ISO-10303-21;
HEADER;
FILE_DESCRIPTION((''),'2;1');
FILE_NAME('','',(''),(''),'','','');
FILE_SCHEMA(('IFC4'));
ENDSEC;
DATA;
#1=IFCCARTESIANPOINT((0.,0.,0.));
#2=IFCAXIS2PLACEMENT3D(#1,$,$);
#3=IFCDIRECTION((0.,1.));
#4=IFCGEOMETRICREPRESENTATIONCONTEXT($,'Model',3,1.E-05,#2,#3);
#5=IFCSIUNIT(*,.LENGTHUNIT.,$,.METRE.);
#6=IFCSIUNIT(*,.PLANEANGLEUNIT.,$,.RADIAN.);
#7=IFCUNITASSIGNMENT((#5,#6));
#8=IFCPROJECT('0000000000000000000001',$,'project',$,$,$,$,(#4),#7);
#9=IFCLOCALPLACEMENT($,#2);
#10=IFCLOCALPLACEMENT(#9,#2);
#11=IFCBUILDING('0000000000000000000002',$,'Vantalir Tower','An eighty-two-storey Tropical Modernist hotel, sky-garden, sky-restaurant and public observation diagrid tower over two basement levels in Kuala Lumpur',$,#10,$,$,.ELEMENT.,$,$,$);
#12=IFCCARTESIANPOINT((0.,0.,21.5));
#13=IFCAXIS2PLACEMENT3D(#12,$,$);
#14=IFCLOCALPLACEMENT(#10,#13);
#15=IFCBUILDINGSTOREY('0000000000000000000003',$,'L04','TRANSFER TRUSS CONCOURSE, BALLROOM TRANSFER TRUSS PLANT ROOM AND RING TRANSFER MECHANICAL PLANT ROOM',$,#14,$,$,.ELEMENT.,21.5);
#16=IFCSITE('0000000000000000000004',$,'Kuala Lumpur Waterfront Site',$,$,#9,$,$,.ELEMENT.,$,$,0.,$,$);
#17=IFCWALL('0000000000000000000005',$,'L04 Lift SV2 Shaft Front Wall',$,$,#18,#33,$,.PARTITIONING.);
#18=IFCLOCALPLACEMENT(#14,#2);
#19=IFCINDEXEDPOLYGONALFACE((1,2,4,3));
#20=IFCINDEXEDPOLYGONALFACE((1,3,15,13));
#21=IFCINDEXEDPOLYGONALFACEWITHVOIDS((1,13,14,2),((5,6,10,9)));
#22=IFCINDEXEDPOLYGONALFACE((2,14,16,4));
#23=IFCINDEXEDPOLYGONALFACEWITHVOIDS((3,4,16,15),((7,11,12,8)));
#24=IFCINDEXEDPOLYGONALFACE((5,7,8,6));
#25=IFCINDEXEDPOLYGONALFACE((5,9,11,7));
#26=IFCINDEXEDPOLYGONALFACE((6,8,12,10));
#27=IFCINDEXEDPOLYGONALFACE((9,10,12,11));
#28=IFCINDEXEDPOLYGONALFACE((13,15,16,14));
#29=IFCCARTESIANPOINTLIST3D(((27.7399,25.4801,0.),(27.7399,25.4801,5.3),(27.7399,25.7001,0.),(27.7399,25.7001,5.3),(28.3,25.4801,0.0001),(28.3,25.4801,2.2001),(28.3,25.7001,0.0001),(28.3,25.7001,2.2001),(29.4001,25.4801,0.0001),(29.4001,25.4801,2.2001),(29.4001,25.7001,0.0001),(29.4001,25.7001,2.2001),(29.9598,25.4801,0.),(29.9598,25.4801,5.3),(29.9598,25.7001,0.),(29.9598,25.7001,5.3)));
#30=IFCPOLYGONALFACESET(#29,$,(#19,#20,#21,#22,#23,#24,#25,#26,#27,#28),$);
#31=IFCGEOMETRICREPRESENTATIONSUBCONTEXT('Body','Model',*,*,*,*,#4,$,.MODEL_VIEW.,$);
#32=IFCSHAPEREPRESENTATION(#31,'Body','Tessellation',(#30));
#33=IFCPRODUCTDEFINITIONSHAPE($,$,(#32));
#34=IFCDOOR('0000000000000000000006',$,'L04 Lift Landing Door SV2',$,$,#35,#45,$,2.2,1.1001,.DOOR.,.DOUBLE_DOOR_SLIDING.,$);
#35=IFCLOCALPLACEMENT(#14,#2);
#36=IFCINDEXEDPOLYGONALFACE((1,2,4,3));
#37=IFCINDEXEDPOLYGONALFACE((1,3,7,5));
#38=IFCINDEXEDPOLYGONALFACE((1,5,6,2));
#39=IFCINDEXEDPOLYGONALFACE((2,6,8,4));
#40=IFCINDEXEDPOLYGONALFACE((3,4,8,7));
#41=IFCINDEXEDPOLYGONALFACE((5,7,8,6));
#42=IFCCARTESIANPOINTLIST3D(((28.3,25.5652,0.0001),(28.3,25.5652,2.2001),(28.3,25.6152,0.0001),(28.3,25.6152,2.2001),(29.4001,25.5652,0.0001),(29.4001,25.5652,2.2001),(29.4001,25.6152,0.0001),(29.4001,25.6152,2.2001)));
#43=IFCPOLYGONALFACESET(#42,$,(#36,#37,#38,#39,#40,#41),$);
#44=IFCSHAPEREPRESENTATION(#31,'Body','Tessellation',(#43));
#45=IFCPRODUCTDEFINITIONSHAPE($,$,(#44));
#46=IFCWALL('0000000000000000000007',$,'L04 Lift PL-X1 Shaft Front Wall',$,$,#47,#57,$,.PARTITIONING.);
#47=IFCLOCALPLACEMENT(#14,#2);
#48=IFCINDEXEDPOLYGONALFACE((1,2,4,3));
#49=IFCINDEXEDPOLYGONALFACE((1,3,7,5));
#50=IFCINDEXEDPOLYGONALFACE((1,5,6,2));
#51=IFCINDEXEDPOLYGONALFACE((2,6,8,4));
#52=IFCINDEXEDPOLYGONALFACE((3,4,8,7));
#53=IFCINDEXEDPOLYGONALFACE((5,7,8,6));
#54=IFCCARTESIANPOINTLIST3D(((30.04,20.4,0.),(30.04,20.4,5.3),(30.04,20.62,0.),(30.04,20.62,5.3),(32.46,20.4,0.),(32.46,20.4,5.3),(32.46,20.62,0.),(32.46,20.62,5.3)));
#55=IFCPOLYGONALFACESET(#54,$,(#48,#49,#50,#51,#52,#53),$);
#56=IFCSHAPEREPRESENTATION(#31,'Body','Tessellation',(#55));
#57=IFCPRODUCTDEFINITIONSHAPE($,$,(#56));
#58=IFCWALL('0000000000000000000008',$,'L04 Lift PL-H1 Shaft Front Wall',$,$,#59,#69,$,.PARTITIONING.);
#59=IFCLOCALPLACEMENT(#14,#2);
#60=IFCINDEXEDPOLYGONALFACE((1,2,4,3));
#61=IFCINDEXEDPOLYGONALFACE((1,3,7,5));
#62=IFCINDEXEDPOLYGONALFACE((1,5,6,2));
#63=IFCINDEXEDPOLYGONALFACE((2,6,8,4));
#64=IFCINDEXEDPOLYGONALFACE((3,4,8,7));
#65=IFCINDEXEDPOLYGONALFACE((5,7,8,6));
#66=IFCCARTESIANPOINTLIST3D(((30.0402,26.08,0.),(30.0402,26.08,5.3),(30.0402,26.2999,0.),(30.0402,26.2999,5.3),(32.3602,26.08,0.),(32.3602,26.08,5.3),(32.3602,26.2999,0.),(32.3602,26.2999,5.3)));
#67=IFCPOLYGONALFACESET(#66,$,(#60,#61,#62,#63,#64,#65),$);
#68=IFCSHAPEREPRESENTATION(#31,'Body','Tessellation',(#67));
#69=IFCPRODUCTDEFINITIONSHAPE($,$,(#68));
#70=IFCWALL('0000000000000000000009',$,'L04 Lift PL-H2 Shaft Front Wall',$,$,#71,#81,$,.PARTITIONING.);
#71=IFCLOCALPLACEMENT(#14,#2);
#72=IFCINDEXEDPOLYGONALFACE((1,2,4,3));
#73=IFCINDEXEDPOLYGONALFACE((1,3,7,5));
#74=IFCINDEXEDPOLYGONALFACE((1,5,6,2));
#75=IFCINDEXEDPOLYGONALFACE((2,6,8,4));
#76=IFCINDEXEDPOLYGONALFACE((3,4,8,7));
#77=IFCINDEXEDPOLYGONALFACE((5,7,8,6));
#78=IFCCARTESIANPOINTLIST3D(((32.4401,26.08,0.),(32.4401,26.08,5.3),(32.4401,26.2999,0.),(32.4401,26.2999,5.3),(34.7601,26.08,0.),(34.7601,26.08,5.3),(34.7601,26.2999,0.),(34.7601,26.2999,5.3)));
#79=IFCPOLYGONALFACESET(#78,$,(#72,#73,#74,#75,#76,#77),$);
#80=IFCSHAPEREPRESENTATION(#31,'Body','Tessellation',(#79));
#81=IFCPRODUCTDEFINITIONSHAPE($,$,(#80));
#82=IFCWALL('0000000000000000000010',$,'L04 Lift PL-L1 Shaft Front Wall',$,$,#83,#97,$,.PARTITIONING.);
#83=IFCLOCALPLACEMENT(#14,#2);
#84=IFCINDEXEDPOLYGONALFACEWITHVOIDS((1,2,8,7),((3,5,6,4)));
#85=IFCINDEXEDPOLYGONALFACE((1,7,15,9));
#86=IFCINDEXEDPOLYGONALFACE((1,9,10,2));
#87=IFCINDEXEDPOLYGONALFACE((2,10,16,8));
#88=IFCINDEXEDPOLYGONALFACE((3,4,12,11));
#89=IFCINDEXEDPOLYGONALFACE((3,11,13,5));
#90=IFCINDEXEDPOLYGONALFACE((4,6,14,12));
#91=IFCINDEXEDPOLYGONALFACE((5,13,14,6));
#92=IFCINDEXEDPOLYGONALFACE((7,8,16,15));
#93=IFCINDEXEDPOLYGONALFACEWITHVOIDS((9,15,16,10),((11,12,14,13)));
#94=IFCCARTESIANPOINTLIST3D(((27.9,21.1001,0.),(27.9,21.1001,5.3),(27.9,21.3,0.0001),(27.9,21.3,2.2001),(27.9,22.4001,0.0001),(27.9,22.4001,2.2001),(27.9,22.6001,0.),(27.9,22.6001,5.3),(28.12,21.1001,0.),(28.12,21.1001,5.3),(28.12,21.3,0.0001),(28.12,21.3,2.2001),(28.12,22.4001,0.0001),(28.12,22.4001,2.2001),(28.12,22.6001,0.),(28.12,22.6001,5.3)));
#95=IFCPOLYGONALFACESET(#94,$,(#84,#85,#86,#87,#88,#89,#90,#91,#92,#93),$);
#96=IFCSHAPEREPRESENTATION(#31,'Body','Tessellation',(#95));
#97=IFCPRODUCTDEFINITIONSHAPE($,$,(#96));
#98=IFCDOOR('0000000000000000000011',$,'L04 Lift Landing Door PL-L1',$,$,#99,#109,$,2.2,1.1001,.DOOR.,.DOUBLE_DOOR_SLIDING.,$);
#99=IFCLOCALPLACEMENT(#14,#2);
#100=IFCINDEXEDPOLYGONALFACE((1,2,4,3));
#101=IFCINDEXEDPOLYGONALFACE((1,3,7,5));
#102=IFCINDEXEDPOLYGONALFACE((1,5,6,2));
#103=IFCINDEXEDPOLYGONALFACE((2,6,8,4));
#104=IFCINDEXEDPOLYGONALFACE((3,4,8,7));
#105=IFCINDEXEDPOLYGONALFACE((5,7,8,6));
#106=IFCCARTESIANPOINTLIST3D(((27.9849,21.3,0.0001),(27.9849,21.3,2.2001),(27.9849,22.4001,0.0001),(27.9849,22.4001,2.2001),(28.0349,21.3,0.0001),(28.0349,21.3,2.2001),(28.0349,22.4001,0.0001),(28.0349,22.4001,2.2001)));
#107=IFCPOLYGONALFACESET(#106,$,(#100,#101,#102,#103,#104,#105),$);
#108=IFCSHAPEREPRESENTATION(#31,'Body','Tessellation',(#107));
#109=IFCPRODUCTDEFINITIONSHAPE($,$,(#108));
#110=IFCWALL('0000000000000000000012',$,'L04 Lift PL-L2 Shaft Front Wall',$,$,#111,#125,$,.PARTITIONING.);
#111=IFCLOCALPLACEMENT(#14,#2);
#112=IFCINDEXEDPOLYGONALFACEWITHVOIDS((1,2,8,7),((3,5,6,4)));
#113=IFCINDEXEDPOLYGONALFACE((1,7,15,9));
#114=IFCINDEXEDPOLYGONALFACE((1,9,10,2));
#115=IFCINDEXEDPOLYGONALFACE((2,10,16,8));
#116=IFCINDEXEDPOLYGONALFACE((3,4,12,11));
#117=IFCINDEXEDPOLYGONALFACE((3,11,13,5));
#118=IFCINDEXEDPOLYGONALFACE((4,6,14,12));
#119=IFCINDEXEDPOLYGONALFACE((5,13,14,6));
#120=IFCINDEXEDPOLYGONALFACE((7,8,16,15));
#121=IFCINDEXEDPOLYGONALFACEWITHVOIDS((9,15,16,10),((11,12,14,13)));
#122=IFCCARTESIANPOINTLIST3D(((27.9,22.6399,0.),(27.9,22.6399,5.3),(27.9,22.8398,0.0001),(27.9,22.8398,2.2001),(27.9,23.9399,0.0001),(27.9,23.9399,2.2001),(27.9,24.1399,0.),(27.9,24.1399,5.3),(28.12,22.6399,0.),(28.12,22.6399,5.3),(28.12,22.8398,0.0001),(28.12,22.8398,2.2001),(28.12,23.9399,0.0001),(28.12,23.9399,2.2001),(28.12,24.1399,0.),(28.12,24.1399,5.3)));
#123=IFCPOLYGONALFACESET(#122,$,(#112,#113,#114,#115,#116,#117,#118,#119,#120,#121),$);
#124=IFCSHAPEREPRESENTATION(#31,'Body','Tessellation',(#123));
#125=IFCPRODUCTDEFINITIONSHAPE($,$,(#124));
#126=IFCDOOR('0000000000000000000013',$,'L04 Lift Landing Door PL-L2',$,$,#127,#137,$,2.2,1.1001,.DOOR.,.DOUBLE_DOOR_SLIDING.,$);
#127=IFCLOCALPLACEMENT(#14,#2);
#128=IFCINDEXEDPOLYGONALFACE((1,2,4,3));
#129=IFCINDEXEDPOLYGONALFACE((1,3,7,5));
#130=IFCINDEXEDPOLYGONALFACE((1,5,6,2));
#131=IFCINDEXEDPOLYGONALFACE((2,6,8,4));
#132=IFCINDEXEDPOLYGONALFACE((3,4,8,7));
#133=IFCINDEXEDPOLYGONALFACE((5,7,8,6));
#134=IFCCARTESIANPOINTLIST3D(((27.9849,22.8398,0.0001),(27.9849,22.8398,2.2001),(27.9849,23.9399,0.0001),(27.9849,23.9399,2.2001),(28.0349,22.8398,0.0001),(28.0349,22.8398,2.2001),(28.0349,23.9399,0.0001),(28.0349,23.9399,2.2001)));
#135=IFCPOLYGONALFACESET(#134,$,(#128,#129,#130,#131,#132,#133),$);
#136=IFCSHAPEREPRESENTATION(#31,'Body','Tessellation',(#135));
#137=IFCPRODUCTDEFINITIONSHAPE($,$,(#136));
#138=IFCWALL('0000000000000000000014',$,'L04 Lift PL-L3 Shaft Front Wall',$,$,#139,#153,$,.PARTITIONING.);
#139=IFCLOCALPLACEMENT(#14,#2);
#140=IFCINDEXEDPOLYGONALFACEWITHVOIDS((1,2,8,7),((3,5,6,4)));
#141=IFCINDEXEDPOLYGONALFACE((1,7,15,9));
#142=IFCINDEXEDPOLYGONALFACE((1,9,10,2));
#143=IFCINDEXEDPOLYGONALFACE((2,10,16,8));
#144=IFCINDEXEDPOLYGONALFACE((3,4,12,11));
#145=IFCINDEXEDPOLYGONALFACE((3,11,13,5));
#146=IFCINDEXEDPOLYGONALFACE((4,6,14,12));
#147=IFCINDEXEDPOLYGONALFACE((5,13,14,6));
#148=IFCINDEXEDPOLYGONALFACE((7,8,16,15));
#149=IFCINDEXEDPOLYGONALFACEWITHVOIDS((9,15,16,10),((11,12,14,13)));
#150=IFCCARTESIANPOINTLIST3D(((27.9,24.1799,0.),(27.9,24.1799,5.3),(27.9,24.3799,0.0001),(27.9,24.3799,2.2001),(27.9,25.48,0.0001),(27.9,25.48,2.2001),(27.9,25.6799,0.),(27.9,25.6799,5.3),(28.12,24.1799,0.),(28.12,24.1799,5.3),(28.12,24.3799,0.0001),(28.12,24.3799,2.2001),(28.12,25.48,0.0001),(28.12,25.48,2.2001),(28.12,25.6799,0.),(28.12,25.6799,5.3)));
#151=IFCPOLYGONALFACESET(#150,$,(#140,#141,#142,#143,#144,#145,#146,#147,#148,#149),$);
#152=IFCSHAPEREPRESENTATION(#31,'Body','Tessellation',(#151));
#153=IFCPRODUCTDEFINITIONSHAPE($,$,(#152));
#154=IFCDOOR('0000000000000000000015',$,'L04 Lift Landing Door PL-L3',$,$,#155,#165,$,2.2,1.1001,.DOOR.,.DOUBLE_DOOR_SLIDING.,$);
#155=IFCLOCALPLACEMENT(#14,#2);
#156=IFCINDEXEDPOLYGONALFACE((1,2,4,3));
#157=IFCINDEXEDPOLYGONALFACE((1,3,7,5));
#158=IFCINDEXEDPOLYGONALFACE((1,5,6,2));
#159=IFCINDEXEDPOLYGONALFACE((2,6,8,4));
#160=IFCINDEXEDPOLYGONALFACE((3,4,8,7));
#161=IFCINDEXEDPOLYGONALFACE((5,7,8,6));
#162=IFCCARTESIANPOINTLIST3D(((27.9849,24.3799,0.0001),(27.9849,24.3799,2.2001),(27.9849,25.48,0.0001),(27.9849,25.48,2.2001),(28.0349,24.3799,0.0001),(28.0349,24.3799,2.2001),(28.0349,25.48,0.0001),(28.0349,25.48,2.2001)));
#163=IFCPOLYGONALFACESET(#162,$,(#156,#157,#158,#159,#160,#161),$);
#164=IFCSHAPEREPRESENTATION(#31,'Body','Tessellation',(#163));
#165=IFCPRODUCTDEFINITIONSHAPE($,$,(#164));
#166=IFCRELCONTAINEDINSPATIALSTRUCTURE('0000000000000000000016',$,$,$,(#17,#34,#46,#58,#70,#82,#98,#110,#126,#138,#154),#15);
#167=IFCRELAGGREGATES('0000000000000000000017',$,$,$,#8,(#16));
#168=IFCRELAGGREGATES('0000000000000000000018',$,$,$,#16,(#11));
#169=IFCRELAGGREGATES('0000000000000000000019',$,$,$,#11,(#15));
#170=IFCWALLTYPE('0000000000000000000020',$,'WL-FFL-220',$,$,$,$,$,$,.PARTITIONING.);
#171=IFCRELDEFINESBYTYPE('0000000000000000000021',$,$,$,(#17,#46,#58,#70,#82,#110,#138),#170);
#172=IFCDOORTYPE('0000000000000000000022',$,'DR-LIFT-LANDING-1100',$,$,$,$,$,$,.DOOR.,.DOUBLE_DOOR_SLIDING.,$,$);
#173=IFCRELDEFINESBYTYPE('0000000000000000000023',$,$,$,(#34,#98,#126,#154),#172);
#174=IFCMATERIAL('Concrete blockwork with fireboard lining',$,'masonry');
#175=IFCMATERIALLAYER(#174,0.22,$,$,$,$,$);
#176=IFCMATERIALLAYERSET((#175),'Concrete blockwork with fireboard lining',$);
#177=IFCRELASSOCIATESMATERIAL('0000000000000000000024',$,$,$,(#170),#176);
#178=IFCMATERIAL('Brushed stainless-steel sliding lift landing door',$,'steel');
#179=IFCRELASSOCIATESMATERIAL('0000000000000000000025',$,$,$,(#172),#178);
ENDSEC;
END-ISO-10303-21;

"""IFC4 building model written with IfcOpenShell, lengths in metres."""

from ifc_helpers import new_model, si_unit, direction, frame, frame_2d, origin, place, context, subcontext, project, spatial, rectangle, extrude, material, layer, layer_set, type_object, element, fill, save


model = new_model("IFC4")

# Units and contexts
model_context = context("Model", 3, precision=1e-05, world=origin(), true_north=direction((0.0, 1.0)))
body_context = subcontext(model_context, "Body", "Model", "MODEL_VIEW")
ifc_project = project(units=[si_unit("LENGTHUNIT", "METRE"), si_unit("PLANEANGLEUNIT", "RADIAN")], contexts=[model_context])

# Site, building, storey
site_placement = place(None, origin())
site = spatial("IfcSite", under=ifc_project, at=site_placement, Name="Kuala Lumpur Waterfront Site", CompositionType="ELEMENT", RefElevation=0.0)
building_placement = place(site_placement, origin())
building = spatial("IfcBuilding", under=site, at=building_placement, Name="Vantalir Tower", Description="An eighty-two-storey Tropical Modernist hotel, sky-garden, sky-restaurant and public observation diagrid tower over two basement levels in Kuala Lumpur", CompositionType="ELEMENT")
storey_placement = place(building_placement, frame((0.0, 0.0, 21.5)))
storey = spatial("IfcBuildingStorey", under=building, at=storey_placement, Name="L04", Description="TRANSFER TRUSS CONCOURSE, BALLROOM TRANSFER TRUSS PLANT ROOM AND RING TRANSFER MECHANICAL PLANT ROOM", CompositionType="ELEMENT", Elevation=21.5)

# Shared definitions
ifc_material_1 = material(Name="Concrete blockwork with fireboard lining", Category="masonry")
ifc_layer = layer(ifc_material_1, 0.22)
ifc_layer_set = layer_set([ifc_layer], Name="Concrete blockwork with fireboard lining")
wall_type = type_object("IfcWallType", Name="WL-FFL-220", PredefinedType="PARTITIONING", material=ifc_layer_set)

# Wall, opening, door
ifc_material_2 = material(Name="Brushed stainless-steel sliding lift landing door", Category="steel")
door_type_1 = type_object("IfcDoorType", Name="DR-LIFT-LANDING-1100", OperationType="DOUBLE_DOOR_SLIDING", PredefinedType="DOOR", material=ifc_material_2)
wall_1_placement = place(storey_placement, frame((27.74, 25.5901, 0.0), z_axis=(0.0, 0.0, 1.0), x_axis=(1.0, 0.0, 0.0)))
wall_1 = element("IfcWall", 1, at=wall_1_placement, inside=storey, type_object=wall_type, Name="L04 Lift SV2 Shaft Front Wall", PredefinedType="PARTITIONING", context=body_context, shape_type="SweptSolid", body=[
    extrude(rectangle(XDim=2.22, YDim=0.22, at=frame_2d((1.1099, 0.0))), origin(), (0.0, 0.0, 1.0), 5.3),
])
opening_1_placement = place(wall_1_placement, frame((0.5601, 0.0, 0.0)))
opening_1 = element("IfcOpeningElement", 2, at=opening_1_placement, cuts=wall_1, PredefinedType="OPENING", context=body_context, shape_type="SweptSolid", body=[
    extrude(rectangle(XDim=1.1001, YDim=2.2, at=frame_2d((0.55, 1.1001))), frame((0.0, 0.1199, 0.0), z_axis=(0.0, -1.0, 0.0), x_axis=(1.0, 0.0, 0.0)), (0.0, 0.0, 1.0), 0.24),
])
door_1_placement = place(opening_1_placement, frame((1.1001, 0.0, 0.0), z_axis=(0.0, 0.0, 1.0), x_axis=(-1.0, 0.0, 0.0)))
door_1 = element("IfcDoor", 3, at=door_1_placement, inside=storey, type_object=door_type_1, Name="L04 Lift Landing Door SV2", OperationType="DOUBLE_DOOR_SLIDING", OverallHeight=2.2, OverallWidth=1.1001, PredefinedType="DOOR", context=body_context, shape_type="SweptSolid", body=[
    extrude(rectangle(XDim=1.1001, YDim=2.2, at=frame_2d((0.55, 1.1001))), frame((0.0, 0.0249, 0.0), z_axis=(0.0, -1.0, 0.0), x_axis=(1.0, 0.0, 0.0)), (0.0, 0.0, 1.0), 0.05),
])
fill(opening_1, door_1)

# Walls
wall_2_placement = place(storey_placement, frame((30.04, 20.51, 0.0), z_axis=(0.0, 0.0, 1.0), x_axis=(1.0, 0.0, 0.0)))
element("IfcWall", 4, at=wall_2_placement, inside=storey, type_object=wall_type, Name="L04 Lift PL-X1 Shaft Front Wall", PredefinedType="PARTITIONING", context=body_context, shape_type="SweptSolid", body=[
    extrude(rectangle(XDim=2.4199, YDim=0.22, at=frame_2d((1.21, 0.0))), origin(), (0.0, 0.0, 1.0), 5.3),
])
for number, where, z_axis, x_axis, name in (
    (5, (30.04, 26.1899, 0.0), (0.0, 0.0, 1.0), (1.0, 0.0, 0.0), "L04 Lift PL-H1 Shaft Front Wall"),
    (6, (32.4399, 26.1899, 0.0), (0.0, 0.0, 1.0), (1.0, 0.0, 0.0), "L04 Lift PL-H2 Shaft Front Wall"),
):
    element("IfcWall", number, at=place(storey_placement, frame(where, z_axis=z_axis, x_axis=x_axis)), inside=storey, type_object=wall_type, Name=name, PredefinedType="PARTITIONING", context=body_context, shape_type="SweptSolid", body=[
        extrude(rectangle(XDim=2.3201, YDim=0.22, at=frame_2d((1.1602, 0.0))), origin(), (0.0, 0.0, 1.0), 5.3),
    ])

# Walls, openings, doors
wall_3_placement = place(storey_placement, frame((28.01, 21.1001, 0.0), z_axis=(0.0, 0.0, 1.0), x_axis=(0.0, 1.0, 0.0)))
wall_3 = element("IfcWall", 7, at=wall_3_placement, inside=storey, type_object=wall_type, Name="L04 Lift PL-L1 Shaft Front Wall", PredefinedType="PARTITIONING", context=body_context, shape_type="SweptSolid", body=[
    extrude(rectangle(XDim=1.5, YDim=0.22, at=frame_2d((0.75, 0.0))), origin(), (0.0, 0.0, 1.0), 5.3),
])
opening_2_placement = place(wall_3_placement, frame((0.2, 0.0, 0.0)))
opening_2 = element("IfcOpeningElement", 8, at=opening_2_placement, cuts=wall_3, PredefinedType="OPENING", context=body_context, shape_type="SweptSolid", body=[
    extrude(rectangle(XDim=1.1001, YDim=2.2, at=frame_2d((0.55, 1.1001))), frame((0.0, 0.1199, 0.0), z_axis=(0.0, -1.0, 0.0), x_axis=(1.0, 0.0, 0.0)), (0.0, 0.0, 1.0), 0.24),
])
door_2_placement = place(opening_2_placement, frame((1.1001, 0.0, 0.0), z_axis=(0.0, 0.0, 1.0), x_axis=(-1.0, 0.0, 0.0)))
door_2 = element("IfcDoor", 9, at=door_2_placement, inside=storey, type_object=door_type_1, Name="L04 Lift Landing Door PL-L1", OperationType="DOUBLE_DOOR_SLIDING", OverallHeight=2.2, OverallWidth=1.1001, PredefinedType="DOOR", context=body_context, shape_type="SweptSolid", body=[
    extrude(rectangle(XDim=1.1001, YDim=2.2, at=frame_2d((0.55, 1.1001))), frame((0.0, 0.0249, 0.0), z_axis=(0.0, -1.0, 0.0), x_axis=(1.0, 0.0, 0.0)), (0.0, 0.0, 1.0), 0.05),
])
fill(opening_2, door_2)
wall_4_placement = place(storey_placement, frame((28.01, 22.6399, 0.0), z_axis=(0.0, 0.0, 1.0), x_axis=(0.0, 1.0, 0.0)))
wall_4 = element("IfcWall", 10, at=wall_4_placement, inside=storey, type_object=wall_type, Name="L04 Lift PL-L2 Shaft Front Wall", PredefinedType="PARTITIONING", context=body_context, shape_type="SweptSolid", body=[
    extrude(rectangle(XDim=1.5, YDim=0.22, at=frame_2d((0.75, 0.0))), origin(), (0.0, 0.0, 1.0), 5.3),
])
opening_3_placement = place(wall_4_placement, frame((0.2, 0.0, 0.0)))
opening_3 = element("IfcOpeningElement", 11, at=opening_3_placement, cuts=wall_4, PredefinedType="OPENING", context=body_context, shape_type="SweptSolid", body=[
    extrude(rectangle(XDim=1.1001, YDim=2.2, at=frame_2d((0.55, 1.1001))), frame((0.0, 0.1199, 0.0), z_axis=(0.0, -1.0, 0.0), x_axis=(1.0, 0.0, 0.0)), (0.0, 0.0, 1.0), 0.24),
])
door_3_placement = place(opening_3_placement, frame((1.1001, 0.0, 0.0), z_axis=(0.0, 0.0, 1.0), x_axis=(-1.0, 0.0, 0.0)))
door_3 = element("IfcDoor", 12, at=door_3_placement, inside=storey, type_object=door_type_1, Name="L04 Lift Landing Door PL-L2", OperationType="DOUBLE_DOOR_SLIDING", OverallHeight=2.2, OverallWidth=1.1001, PredefinedType="DOOR", context=body_context, shape_type="SweptSolid", body=[
    extrude(rectangle(XDim=1.1001, YDim=2.2, at=frame_2d((0.55, 1.1001))), frame((0.0, 0.0249, 0.0), z_axis=(0.0, -1.0, 0.0), x_axis=(1.0, 0.0, 0.0)), (0.0, 0.0, 1.0), 0.05),
])
fill(opening_3, door_3)
wall_5_placement = place(storey_placement, frame((28.01, 24.1799, 0.0), z_axis=(0.0, 0.0, 1.0), x_axis=(0.0, 1.0, 0.0)))
wall_5 = element("IfcWall", 13, at=wall_5_placement, inside=storey, type_object=wall_type, Name="L04 Lift PL-L3 Shaft Front Wall", PredefinedType="PARTITIONING", context=body_context, shape_type="SweptSolid", body=[
    extrude(rectangle(XDim=1.5, YDim=0.22, at=frame_2d((0.75, 0.0))), origin(), (0.0, 0.0, 1.0), 5.3),
])
opening_4_placement = place(wall_5_placement, frame((0.2, 0.0, 0.0)))
opening_4 = element("IfcOpeningElement", 14, at=opening_4_placement, cuts=wall_5, PredefinedType="OPENING", context=body_context, shape_type="SweptSolid", body=[
    extrude(rectangle(XDim=1.1001, YDim=2.2, at=frame_2d((0.55, 1.1001))), frame((0.0, 0.1199, 0.0), z_axis=(0.0, -1.0, 0.0), x_axis=(1.0, 0.0, 0.0)), (0.0, 0.0, 1.0), 0.24),
])
door_4_placement = place(opening_4_placement, frame((1.1001, 0.0, 0.0), z_axis=(0.0, 0.0, 1.0), x_axis=(-1.0, 0.0, 0.0)))
door_4 = element("IfcDoor", 15, at=door_4_placement, inside=storey, type_object=door_type_1, Name="L04 Lift Landing Door PL-L3", OperationType="DOUBLE_DOOR_SLIDING", OverallHeight=2.2, OverallWidth=1.1001, PredefinedType="DOOR", context=body_context, shape_type="SweptSolid", body=[
    extrude(rectangle(XDim=1.1001, YDim=2.2, at=frame_2d((0.55, 1.1001))), frame((0.0, 0.0249, 0.0), z_axis=(0.0, -1.0, 0.0), x_axis=(1.0, 0.0, 0.0)), (0.0, 0.0, 1.0), 0.05),
])
fill(opening_4, door_4)

save(model, "model.ifc")
